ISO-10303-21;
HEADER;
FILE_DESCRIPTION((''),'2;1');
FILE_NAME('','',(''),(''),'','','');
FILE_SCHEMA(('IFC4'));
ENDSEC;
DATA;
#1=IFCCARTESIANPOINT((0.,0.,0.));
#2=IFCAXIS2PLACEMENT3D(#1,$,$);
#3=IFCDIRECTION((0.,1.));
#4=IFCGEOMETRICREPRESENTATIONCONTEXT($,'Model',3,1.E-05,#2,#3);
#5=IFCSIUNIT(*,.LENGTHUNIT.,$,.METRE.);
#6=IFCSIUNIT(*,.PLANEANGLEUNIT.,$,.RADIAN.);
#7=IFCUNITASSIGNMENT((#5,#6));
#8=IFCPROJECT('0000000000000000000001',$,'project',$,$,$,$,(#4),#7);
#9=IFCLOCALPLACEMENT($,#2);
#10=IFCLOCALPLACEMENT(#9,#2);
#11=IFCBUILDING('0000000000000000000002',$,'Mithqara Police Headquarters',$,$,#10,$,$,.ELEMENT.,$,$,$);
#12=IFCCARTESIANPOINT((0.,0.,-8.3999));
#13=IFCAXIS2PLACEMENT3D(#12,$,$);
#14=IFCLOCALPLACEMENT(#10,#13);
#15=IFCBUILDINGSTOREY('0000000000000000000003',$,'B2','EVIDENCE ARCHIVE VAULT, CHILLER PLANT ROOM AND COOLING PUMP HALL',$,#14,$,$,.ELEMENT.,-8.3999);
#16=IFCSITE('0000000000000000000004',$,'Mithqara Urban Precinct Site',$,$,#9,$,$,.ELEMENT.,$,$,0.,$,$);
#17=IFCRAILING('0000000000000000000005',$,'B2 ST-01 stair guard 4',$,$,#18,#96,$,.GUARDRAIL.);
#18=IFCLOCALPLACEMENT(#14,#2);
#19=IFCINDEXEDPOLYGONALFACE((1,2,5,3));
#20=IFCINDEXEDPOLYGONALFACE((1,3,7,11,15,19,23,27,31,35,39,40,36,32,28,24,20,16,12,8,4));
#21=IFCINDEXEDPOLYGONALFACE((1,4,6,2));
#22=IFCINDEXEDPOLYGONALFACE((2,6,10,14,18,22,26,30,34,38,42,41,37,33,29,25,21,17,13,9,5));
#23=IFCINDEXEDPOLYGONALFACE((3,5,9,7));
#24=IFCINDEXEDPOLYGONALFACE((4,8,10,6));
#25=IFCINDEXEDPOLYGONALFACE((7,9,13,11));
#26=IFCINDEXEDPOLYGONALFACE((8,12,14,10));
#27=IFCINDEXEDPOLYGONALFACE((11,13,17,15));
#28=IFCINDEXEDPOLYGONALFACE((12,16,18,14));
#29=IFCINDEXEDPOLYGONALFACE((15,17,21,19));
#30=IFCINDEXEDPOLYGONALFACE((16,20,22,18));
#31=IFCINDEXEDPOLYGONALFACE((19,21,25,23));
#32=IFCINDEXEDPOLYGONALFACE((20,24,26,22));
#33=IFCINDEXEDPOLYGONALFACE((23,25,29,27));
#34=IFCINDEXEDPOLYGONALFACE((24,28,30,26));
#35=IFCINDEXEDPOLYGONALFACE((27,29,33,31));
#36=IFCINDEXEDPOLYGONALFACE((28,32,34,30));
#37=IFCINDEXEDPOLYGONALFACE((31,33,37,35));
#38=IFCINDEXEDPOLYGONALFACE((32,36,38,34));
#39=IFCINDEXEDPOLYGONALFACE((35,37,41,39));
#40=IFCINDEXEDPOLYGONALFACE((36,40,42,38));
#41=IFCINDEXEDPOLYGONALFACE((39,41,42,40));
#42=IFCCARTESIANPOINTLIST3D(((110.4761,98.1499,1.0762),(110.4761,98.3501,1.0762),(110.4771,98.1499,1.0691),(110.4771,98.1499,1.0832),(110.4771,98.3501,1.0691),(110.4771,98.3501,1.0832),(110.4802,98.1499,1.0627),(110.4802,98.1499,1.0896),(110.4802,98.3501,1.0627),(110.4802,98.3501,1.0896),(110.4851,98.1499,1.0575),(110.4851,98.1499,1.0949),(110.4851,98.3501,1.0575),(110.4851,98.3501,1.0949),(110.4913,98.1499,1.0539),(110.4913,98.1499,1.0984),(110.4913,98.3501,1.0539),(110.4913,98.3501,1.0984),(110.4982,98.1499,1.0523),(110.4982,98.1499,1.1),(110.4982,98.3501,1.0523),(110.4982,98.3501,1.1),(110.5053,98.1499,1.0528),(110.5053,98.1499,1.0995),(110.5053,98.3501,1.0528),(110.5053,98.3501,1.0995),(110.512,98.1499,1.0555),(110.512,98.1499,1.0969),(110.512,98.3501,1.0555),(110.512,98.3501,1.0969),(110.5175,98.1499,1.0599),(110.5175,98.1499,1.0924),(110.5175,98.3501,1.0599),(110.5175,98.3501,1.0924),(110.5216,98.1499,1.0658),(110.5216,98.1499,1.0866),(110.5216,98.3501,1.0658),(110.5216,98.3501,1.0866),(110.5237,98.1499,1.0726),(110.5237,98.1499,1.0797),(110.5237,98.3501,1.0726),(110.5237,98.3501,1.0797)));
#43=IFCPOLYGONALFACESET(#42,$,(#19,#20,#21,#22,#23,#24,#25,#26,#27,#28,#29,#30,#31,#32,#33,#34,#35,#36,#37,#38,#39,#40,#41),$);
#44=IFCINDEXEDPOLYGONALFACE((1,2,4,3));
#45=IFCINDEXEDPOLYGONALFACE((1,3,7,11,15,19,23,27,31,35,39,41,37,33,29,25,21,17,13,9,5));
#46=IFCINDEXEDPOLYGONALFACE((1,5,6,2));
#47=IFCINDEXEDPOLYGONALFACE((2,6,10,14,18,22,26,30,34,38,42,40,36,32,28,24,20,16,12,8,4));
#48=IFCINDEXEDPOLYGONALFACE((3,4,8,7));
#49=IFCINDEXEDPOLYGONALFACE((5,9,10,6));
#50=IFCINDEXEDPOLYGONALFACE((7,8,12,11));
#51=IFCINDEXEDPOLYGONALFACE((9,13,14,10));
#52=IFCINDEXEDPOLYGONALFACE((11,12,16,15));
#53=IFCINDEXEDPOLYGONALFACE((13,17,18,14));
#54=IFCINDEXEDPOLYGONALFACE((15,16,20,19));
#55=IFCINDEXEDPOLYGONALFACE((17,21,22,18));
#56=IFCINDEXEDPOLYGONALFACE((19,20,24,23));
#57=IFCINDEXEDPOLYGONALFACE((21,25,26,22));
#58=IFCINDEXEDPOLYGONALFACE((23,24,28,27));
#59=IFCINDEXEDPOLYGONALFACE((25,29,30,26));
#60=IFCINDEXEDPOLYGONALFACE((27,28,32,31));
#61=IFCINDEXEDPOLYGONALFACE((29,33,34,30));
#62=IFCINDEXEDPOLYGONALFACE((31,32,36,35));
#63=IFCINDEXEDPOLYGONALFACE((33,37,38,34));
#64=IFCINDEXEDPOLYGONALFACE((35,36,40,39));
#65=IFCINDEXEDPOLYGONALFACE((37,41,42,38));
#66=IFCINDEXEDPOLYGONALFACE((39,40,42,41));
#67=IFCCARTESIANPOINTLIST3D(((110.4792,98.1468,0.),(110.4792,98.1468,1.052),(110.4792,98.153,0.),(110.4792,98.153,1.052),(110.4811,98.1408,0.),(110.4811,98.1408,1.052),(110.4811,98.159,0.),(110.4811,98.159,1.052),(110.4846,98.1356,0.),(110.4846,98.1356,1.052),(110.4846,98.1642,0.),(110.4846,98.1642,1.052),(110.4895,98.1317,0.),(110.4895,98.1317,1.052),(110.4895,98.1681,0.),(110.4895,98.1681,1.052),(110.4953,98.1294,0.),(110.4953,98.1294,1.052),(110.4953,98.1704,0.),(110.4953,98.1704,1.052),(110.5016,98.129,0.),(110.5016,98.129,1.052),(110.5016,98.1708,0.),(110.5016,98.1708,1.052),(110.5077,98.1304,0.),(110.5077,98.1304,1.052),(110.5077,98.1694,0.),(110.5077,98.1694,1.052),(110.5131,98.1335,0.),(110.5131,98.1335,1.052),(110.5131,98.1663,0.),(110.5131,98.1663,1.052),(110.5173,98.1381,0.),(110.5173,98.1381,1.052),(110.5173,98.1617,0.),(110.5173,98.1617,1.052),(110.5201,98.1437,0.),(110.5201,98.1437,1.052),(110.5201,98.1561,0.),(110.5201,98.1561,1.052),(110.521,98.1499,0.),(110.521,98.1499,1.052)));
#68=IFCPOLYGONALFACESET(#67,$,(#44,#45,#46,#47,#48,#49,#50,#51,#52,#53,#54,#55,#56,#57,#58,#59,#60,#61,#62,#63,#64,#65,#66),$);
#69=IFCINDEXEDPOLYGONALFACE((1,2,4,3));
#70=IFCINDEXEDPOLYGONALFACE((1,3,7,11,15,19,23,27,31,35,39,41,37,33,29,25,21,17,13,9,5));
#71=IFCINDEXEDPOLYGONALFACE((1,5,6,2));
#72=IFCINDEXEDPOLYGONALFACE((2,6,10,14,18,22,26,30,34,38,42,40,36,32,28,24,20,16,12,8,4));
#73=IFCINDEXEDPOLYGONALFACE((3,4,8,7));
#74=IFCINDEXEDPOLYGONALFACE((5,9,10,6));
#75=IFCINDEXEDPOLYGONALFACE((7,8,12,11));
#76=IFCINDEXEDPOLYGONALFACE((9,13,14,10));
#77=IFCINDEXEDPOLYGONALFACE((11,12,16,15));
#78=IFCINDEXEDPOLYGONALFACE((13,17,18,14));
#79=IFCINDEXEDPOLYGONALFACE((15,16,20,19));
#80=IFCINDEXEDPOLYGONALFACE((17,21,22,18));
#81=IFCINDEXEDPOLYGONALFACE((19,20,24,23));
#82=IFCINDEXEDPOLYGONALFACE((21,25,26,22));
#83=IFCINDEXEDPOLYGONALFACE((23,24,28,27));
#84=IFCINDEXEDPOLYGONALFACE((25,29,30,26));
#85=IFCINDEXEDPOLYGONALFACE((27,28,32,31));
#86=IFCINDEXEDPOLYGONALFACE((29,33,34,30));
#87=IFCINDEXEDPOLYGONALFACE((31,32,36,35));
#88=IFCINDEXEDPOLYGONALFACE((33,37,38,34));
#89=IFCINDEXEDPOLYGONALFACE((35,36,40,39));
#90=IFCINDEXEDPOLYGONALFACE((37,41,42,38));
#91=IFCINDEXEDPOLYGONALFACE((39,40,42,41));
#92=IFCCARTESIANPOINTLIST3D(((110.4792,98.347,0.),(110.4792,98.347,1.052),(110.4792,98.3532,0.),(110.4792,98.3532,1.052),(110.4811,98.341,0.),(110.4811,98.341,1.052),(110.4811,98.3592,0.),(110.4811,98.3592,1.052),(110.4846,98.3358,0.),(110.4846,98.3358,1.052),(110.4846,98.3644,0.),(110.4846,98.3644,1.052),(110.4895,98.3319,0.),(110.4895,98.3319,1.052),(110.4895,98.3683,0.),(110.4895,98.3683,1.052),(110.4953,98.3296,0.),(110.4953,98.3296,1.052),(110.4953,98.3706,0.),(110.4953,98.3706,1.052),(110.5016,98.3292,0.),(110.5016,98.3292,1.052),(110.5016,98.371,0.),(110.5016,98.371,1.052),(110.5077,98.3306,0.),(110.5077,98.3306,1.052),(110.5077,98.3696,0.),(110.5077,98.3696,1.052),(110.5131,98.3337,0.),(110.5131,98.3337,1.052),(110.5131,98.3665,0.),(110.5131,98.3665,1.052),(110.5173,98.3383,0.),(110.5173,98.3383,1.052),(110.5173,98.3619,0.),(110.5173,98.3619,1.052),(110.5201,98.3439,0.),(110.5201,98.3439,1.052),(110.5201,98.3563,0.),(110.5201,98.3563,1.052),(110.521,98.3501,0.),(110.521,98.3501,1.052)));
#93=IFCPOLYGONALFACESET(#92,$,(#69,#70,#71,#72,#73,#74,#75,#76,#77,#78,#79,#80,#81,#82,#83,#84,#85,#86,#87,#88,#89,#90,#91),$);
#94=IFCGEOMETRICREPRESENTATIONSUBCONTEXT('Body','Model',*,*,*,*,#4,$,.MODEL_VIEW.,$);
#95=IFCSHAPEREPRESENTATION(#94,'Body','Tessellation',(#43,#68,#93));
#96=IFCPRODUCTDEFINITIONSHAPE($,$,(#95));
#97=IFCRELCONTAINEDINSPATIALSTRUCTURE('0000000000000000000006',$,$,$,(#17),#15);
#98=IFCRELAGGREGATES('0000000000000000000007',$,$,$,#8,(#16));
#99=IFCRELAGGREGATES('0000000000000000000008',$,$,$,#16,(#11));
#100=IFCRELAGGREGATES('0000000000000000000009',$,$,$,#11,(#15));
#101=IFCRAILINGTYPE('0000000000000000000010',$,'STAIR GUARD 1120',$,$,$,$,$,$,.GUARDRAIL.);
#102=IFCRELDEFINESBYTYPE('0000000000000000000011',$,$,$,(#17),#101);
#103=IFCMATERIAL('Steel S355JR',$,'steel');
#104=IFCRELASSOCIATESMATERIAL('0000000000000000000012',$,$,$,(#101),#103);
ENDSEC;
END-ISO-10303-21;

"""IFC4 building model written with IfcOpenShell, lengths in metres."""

from ifc_helpers import new_model, si_unit, direction, frame, origin, origin_2d, place, context, subcontext, project, spatial, circle, extrude, material, type_object, element, save


model = new_model("IFC4")

# Units and contexts
model_context = context("Model", 3, precision=1e-05, world=origin(), true_north=direction((0.0, 1.0)))
body_context = subcontext(model_context, "Body", "Model", "MODEL_VIEW")
ifc_project = project(units=[si_unit("LENGTHUNIT", "METRE"), si_unit("PLANEANGLEUNIT", "RADIAN")], contexts=[model_context])

# Site, building, storey
site_placement = place(None, origin())
site = spatial("IfcSite", under=ifc_project, at=site_placement, Name="Mithqara Urban Precinct Site", CompositionType="ELEMENT", RefElevation=0.0)
building_placement = place(site_placement, origin())
building = spatial("IfcBuilding", under=site, at=building_placement, Name="Mithqara Police Headquarters", CompositionType="ELEMENT")
storey_placement = place(building_placement, frame((0.0, 0.0, -8.3999)))
storey = spatial("IfcBuildingStorey", under=building, at=storey_placement, Name="B2", Description="EVIDENCE ARCHIVE VAULT, CHILLER PLANT ROOM AND COOLING PUMP HALL", CompositionType="ELEMENT", Elevation=-8.3999)

# Shared definitions
ifc_material_1 = material(Name="Steel S355JR", Category="steel")

# Railing
railing_type_1 = type_object("IfcRailingType", Name="STAIR GUARD 1120", PredefinedType="GUARDRAIL", material=ifc_material_1)
railing_1_placement = place(storey_placement, frame((110.5, 98.1499, 0.0)))
element("IfcRailing", 1, at=railing_1_placement, inside=storey, type_object=railing_type_1, Name="B2 ST-01 stair guard 4", PredefinedType="GUARDRAIL", context=body_context, shape_type="SweptSolid", body=[
    extrude(circle(Radius=0.0239, at=origin_2d()), frame((0.0, 0.0, 1.0762), z_axis=(0.0, 1.0, 0.0), x_axis=(-1.0, 0.0, 0.0)), (0.0, 0.0, 1.0), 0.2002),
    extrude(circle(Radius=0.021, at=origin_2d()), origin(), (0.0, 0.0, 1.0), 1.052),
    extrude(circle(Radius=0.021, at=origin_2d()), frame((0.0, 0.2002, 0.0)), (0.0, 0.0, 1.0), 1.052),
])

save(model, "model.ifc")
